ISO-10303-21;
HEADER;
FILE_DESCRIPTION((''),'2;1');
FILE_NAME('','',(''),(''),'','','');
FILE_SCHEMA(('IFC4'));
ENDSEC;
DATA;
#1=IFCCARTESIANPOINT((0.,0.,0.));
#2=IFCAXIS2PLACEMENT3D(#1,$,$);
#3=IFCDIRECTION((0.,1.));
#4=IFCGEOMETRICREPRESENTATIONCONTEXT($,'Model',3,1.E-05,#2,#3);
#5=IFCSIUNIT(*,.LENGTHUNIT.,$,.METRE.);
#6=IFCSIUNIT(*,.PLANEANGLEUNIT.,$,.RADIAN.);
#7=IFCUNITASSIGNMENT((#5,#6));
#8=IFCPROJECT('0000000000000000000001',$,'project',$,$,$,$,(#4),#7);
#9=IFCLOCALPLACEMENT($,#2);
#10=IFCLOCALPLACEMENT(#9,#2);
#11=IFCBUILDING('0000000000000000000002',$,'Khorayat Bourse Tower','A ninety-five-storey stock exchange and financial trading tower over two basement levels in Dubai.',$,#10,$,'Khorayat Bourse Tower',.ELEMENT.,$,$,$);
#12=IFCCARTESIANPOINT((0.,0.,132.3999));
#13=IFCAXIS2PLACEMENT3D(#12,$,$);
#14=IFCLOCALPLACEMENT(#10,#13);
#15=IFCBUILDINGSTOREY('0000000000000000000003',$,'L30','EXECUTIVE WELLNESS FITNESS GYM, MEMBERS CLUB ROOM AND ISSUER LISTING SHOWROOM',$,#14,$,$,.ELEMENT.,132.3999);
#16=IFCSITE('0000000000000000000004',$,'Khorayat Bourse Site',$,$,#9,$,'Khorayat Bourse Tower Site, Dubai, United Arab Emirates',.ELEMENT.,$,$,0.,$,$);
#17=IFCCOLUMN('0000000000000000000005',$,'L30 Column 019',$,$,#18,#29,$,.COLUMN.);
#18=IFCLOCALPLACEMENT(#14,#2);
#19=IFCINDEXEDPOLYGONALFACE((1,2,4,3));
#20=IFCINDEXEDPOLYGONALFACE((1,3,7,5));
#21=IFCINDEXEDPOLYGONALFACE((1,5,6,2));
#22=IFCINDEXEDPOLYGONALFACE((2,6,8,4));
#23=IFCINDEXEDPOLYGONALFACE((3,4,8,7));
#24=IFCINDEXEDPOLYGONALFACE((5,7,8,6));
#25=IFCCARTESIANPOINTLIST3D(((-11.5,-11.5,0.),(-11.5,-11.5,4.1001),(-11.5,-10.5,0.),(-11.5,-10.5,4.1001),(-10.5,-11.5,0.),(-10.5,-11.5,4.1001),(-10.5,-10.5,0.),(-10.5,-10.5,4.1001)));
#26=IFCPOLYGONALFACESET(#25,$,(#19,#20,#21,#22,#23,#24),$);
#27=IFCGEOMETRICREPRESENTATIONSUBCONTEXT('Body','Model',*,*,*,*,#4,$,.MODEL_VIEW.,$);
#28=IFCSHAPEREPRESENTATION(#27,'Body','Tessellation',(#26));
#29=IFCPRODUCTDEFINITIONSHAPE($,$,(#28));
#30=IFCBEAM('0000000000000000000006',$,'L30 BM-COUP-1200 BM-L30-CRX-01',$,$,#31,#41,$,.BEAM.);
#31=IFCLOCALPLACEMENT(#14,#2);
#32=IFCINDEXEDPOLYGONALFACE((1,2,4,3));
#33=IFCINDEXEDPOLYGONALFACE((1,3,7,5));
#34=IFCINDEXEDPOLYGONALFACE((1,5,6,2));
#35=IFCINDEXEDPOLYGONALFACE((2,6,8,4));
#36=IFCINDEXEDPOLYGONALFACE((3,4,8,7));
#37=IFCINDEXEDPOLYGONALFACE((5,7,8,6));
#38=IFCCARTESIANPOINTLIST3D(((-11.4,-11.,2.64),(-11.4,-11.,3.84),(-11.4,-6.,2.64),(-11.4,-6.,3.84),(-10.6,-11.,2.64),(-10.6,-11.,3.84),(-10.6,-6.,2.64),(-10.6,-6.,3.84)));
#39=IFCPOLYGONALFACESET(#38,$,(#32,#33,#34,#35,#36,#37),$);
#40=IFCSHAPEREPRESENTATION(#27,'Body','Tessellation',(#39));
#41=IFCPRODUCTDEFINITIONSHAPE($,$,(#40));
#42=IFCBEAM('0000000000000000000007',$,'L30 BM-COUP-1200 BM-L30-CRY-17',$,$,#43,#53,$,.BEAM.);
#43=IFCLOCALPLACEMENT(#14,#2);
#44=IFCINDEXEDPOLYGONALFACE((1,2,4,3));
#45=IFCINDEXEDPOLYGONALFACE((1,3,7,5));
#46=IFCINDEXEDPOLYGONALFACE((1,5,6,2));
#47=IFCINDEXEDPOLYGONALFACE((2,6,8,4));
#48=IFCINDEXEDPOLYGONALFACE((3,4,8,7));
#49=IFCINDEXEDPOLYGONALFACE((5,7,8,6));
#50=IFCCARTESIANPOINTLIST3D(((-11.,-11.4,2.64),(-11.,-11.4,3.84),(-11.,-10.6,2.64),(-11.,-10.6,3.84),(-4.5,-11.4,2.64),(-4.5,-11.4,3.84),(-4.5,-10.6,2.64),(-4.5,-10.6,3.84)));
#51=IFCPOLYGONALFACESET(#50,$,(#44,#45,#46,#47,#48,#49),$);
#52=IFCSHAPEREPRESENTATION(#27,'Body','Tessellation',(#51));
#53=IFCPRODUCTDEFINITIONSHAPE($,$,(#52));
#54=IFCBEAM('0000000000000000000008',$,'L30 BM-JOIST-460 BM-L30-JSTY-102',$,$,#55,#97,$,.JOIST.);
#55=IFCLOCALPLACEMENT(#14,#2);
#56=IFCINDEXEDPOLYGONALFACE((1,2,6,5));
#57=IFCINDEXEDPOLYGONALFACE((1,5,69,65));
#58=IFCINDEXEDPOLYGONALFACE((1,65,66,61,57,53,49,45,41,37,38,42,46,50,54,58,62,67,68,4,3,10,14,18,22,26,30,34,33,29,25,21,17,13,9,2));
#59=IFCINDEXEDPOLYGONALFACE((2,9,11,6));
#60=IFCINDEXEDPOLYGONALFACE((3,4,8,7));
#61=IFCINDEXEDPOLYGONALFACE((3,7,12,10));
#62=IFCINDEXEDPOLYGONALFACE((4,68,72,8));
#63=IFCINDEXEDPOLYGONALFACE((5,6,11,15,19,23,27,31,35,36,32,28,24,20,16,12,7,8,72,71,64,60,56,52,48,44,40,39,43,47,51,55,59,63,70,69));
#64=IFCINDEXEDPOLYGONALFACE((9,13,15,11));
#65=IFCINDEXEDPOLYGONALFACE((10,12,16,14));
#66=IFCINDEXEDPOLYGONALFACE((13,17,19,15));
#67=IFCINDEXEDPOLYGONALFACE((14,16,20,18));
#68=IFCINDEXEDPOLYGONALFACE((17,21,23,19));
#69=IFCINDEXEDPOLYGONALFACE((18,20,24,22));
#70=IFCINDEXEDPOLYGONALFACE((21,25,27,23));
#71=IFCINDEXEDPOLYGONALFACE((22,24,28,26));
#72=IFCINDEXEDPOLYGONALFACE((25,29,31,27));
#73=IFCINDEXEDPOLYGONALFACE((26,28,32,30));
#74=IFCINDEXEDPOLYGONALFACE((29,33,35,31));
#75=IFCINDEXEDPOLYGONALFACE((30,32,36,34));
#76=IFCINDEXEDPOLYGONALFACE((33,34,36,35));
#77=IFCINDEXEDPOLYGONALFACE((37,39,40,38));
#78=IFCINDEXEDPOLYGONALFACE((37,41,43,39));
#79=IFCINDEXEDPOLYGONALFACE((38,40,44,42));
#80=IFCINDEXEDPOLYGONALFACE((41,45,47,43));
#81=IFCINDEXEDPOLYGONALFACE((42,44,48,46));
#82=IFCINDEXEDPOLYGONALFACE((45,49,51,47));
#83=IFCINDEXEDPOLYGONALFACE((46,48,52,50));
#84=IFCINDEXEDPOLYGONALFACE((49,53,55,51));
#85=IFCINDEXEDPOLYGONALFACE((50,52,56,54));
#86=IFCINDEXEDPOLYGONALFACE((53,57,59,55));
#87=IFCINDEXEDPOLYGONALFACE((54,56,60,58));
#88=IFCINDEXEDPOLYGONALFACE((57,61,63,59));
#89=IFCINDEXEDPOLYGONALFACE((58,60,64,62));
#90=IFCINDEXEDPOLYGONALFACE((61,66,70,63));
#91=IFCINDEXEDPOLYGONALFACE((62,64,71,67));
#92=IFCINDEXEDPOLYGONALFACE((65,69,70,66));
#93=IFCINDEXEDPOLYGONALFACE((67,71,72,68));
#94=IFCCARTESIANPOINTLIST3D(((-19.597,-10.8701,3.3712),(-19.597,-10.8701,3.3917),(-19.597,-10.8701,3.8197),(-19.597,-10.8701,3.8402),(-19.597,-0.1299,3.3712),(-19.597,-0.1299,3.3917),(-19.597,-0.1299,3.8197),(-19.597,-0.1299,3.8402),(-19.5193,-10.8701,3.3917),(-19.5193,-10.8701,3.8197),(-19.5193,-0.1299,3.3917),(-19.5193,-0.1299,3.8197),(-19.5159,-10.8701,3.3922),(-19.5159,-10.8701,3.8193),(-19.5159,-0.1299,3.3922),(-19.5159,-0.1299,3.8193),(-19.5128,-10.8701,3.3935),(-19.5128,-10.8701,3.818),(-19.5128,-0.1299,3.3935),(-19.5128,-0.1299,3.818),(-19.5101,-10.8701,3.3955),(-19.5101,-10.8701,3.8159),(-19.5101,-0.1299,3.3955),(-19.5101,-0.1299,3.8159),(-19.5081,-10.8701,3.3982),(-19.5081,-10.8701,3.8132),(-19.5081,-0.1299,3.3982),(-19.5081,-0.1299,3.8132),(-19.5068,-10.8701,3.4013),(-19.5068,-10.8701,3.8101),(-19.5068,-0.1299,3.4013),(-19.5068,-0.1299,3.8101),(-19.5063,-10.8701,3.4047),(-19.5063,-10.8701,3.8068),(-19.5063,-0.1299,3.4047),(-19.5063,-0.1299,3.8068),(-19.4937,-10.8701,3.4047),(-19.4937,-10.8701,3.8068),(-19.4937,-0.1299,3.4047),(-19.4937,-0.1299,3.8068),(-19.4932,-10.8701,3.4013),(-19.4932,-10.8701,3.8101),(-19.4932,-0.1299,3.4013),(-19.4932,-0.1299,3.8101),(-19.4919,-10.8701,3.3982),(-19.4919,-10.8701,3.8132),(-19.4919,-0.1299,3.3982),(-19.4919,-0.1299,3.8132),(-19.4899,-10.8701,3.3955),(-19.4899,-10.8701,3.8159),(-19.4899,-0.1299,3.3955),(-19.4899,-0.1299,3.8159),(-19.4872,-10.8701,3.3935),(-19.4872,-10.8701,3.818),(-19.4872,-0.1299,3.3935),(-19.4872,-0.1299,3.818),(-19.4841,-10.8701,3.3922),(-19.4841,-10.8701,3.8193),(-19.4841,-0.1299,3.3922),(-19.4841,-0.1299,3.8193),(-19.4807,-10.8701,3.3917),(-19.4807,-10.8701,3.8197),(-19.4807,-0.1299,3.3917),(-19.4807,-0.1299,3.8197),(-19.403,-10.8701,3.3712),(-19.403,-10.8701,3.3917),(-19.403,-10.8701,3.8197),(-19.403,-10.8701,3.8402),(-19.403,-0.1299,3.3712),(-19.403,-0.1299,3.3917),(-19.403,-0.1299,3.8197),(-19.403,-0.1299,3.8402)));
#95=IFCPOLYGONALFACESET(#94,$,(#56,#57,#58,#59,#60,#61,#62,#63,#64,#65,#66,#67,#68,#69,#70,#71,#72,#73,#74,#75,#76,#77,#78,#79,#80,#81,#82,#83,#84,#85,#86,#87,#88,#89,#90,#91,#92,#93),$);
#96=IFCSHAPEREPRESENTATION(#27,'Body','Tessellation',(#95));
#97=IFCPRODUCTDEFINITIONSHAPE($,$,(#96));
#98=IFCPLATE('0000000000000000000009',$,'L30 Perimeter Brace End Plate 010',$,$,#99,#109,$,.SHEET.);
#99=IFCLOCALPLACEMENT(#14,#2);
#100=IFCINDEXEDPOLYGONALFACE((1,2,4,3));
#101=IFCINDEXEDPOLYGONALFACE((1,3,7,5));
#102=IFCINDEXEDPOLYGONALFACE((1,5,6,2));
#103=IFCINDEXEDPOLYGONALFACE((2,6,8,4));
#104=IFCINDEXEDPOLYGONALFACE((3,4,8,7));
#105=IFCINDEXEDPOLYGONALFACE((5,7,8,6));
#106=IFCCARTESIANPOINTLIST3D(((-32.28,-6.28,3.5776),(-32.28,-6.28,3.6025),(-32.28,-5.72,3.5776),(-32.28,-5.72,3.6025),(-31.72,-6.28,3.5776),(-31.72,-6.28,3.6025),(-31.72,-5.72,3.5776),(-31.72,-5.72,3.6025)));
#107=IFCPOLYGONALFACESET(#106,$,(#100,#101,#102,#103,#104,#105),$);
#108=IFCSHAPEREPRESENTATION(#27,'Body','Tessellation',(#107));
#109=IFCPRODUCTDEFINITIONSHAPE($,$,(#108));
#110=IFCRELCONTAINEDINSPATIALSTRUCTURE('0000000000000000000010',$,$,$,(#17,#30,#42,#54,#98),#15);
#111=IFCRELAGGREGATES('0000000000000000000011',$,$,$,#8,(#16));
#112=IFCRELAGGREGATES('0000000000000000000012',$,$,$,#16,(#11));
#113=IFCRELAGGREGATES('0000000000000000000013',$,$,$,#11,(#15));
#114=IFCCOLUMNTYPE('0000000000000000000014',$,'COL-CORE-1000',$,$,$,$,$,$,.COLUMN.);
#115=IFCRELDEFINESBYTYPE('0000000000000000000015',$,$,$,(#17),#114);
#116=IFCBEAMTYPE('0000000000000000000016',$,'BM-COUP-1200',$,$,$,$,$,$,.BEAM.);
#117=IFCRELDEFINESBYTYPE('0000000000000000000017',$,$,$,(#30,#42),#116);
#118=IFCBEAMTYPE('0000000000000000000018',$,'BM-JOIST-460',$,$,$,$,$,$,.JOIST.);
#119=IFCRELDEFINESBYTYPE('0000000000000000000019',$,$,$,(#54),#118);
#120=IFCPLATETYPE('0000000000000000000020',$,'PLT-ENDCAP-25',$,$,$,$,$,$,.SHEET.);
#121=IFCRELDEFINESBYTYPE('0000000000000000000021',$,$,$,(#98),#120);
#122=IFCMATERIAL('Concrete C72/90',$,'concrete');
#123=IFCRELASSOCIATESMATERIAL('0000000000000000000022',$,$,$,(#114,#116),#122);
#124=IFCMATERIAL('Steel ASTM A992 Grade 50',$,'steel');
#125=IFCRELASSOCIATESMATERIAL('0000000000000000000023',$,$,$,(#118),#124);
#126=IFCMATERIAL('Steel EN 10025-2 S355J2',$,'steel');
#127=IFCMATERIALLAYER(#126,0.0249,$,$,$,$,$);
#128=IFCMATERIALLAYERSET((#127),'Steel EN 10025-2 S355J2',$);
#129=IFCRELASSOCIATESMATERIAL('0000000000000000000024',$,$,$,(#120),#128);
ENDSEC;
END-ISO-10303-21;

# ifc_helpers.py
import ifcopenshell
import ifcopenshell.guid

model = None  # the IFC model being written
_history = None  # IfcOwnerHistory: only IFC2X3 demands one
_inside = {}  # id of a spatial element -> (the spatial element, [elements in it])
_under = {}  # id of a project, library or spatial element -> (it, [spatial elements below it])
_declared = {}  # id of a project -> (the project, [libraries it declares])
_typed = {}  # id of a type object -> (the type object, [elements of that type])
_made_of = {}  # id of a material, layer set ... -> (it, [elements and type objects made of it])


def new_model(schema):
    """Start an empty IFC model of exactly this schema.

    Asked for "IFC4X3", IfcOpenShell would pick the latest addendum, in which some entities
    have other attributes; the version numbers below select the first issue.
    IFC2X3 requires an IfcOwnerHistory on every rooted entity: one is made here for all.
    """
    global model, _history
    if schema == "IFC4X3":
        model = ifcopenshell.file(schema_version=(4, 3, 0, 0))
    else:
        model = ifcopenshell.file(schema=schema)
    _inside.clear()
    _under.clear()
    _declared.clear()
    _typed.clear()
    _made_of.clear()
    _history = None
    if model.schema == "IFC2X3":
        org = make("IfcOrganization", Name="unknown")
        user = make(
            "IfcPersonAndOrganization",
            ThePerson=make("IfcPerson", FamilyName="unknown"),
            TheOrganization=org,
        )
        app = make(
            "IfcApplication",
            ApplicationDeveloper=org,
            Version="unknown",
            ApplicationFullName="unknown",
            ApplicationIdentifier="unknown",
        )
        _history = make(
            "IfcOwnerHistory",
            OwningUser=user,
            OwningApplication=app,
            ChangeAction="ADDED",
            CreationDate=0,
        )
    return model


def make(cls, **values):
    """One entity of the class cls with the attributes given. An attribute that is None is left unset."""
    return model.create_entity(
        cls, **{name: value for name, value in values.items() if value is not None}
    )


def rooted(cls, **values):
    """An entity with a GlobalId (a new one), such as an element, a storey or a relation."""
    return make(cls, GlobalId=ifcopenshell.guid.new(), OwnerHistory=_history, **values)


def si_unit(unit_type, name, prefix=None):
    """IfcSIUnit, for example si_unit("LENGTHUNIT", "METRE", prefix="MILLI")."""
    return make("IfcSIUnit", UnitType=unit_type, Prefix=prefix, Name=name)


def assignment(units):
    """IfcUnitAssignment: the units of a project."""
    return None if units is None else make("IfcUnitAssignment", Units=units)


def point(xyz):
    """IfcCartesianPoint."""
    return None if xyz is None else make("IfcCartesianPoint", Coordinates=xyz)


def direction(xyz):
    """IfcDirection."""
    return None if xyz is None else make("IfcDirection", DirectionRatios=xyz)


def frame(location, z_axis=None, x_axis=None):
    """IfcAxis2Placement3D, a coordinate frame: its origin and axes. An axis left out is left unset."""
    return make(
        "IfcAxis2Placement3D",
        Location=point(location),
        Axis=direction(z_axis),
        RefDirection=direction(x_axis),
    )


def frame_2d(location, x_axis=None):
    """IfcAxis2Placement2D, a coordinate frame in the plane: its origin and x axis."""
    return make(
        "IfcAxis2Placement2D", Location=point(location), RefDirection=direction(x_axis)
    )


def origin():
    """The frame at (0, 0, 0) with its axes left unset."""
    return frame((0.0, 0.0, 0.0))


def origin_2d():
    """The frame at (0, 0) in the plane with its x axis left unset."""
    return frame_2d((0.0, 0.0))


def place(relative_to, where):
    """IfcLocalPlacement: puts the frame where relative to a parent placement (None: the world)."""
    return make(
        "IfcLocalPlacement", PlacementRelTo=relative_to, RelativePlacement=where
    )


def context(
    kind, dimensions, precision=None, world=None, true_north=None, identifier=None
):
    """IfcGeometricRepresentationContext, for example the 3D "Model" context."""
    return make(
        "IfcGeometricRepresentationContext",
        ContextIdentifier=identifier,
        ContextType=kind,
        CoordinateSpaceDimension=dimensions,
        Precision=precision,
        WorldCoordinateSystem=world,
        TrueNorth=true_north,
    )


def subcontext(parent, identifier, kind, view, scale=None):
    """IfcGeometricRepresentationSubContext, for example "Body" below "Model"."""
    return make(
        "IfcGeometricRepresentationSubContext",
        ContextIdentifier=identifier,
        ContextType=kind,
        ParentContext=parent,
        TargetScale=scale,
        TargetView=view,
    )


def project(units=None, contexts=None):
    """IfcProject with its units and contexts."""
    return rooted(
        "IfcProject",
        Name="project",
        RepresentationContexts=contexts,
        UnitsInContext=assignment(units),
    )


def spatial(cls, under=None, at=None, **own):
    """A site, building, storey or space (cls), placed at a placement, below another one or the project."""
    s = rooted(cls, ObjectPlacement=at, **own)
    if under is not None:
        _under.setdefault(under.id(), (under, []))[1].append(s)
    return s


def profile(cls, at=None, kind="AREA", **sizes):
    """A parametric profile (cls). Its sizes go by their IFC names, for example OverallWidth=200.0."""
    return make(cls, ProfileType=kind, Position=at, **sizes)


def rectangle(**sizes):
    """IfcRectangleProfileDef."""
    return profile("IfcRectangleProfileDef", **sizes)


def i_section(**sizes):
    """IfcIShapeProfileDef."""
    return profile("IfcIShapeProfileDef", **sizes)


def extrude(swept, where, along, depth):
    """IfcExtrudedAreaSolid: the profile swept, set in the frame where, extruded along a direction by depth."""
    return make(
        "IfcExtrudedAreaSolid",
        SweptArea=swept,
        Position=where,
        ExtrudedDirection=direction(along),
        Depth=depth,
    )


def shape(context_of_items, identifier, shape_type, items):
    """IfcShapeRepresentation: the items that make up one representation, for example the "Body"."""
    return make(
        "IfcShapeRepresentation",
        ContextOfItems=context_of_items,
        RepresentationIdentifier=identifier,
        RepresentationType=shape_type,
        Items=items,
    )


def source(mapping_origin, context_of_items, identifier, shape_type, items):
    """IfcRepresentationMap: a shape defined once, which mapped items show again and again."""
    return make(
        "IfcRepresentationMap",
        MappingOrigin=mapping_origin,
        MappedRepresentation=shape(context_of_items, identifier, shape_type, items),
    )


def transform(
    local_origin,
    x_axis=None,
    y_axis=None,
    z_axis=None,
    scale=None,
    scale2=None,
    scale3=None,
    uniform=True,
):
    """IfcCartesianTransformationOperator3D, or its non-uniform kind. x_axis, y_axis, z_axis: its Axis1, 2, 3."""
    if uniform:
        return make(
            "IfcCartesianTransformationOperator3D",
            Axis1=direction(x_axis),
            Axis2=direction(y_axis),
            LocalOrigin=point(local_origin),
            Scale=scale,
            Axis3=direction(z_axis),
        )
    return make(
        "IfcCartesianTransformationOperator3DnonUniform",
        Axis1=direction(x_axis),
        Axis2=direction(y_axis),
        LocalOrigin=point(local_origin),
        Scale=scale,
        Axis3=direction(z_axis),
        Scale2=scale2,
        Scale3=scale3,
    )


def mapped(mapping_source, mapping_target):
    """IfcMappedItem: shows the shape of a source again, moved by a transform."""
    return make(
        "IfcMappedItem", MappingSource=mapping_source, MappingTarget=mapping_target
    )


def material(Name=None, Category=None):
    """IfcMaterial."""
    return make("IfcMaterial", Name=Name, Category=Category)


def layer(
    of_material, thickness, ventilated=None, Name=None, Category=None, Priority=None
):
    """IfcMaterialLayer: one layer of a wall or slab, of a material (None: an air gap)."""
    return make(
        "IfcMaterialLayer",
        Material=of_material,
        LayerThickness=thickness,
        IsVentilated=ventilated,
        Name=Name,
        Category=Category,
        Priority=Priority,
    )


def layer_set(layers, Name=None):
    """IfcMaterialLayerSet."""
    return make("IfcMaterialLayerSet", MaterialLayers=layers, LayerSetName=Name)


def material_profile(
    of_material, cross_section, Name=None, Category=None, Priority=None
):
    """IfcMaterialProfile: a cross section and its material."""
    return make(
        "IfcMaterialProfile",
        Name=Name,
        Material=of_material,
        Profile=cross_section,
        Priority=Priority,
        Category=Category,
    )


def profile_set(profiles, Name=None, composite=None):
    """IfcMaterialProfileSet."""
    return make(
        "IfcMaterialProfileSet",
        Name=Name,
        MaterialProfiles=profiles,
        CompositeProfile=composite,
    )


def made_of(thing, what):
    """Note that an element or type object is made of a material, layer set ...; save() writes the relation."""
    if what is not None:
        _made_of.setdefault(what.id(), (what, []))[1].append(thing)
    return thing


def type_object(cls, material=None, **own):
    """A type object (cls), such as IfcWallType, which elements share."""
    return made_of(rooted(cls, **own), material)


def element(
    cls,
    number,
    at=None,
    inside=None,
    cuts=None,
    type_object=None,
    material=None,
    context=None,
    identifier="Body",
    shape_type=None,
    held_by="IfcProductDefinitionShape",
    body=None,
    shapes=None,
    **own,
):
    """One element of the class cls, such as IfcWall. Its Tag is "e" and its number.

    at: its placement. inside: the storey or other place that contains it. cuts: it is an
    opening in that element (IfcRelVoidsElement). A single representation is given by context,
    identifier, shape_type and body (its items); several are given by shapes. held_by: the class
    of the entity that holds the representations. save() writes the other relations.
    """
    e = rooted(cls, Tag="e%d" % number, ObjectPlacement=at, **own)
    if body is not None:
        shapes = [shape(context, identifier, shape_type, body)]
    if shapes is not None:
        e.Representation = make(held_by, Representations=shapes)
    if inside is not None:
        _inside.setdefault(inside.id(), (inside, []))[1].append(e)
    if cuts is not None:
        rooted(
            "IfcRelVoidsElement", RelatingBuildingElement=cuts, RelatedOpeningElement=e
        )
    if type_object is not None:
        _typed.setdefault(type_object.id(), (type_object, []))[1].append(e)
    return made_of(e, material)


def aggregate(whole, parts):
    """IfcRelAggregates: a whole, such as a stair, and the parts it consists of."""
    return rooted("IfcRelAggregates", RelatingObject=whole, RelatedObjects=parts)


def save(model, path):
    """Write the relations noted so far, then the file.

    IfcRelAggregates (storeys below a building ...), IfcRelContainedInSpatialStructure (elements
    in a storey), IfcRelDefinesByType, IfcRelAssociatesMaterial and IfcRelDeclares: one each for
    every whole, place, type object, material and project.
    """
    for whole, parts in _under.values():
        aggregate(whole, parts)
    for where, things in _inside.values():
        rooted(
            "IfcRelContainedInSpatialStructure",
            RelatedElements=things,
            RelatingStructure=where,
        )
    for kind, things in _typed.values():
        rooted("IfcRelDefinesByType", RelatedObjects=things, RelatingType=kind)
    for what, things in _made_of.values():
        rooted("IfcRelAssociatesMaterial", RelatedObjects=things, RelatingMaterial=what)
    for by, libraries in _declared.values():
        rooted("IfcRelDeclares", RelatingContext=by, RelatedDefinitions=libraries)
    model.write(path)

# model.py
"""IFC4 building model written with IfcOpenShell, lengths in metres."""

from ifc_helpers import new_model, si_unit, direction, frame, origin, origin_2d, place, context, subcontext, project, spatial, rectangle, i_section, extrude, source, transform, mapped, material, layer, layer_set, material_profile, profile_set, type_object, element, save


model = new_model("IFC4")

# Units and contexts
model_context = context("Model", 3, precision=1e-05, world=origin(), true_north=direction((0.0, 1.0)))
body_context = subcontext(model_context, "Body", "Model", "MODEL_VIEW")
ifc_project = project(units=[si_unit("LENGTHUNIT", "METRE"), si_unit("PLANEANGLEUNIT", "RADIAN")], contexts=[model_context])

# Site, building, storey
site_placement = place(None, origin())
site = spatial("IfcSite", under=ifc_project, at=site_placement, Name="Khorayat Bourse Site", LongName="Khorayat Bourse Tower Site, Dubai, United Arab Emirates", CompositionType="ELEMENT", RefElevation=0.0)
building_placement = place(site_placement, origin())
building = spatial("IfcBuilding", under=site, at=building_placement, Name="Khorayat Bourse Tower", Description="A ninety-five-storey stock exchange and financial trading tower over two basement levels in Dubai.", LongName="Khorayat Bourse Tower", CompositionType="ELEMENT")
storey_placement = place(building_placement, frame((0.0, 0.0, 132.3999)))
storey = spatial("IfcBuildingStorey", under=building, at=storey_placement, Name="L30", Description="EXECUTIVE WELLNESS FITNESS GYM, MEMBERS CLUB ROOM AND ISSUER LISTING SHOWROOM", CompositionType="ELEMENT", Elevation=132.3999)

# Column
ifc_material_1 = material(Name="Concrete C72/90", Category="concrete")
ifc_material_profile_1 = material_profile(ifc_material_1, rectangle(XDim=1.0, YDim=1.0, at=origin_2d()), Name="RC 1000x1000")
ifc_profile_set_1 = profile_set([ifc_material_profile_1], Name="Concrete C72/90")
column_type = type_object("IfcColumnType", Name="COL-CORE-1000", PredefinedType="COLUMN", material=ifc_profile_set_1)
shared_shape_1 = source(origin(), body_context, "Body", "SweptSolid", [
    extrude(rectangle(XDim=1.0, YDim=1.0, at=origin_2d()), origin(), (0.0, 0.0, 1.0), 4.1001),
])
column_placement = place(storey_placement, frame((-11.0, -11.0, 0.0), z_axis=(0.0, 0.0, 1.0), x_axis=(1.0, 0.0, 0.0)))
element("IfcColumn", 1, at=column_placement, inside=storey, type_object=column_type, Name="L30 Column 019", PredefinedType="COLUMN", context=body_context, shape_type="MappedRepresentation", body=[
    mapped(shared_shape_1, transform((0.0, 0.0, 0.0), scale=1.0)),
])

# Beams
ifc_material_profile_2 = material_profile(ifc_material_1, rectangle(XDim=0.8, YDim=1.2, at=origin_2d()), Name="RC 800x1200")
ifc_profile_set_2 = profile_set([ifc_material_profile_2], Name="Concrete C72/90")
beam_type_1 = type_object("IfcBeamType", Name="BM-COUP-1200", PredefinedType="BEAM", material=ifc_profile_set_2)
shared_shape_2 = source(origin(), body_context, "Body", "SweptSolid", [
    extrude(rectangle(XDim=0.8, YDim=1.2, at=origin_2d()), origin(), (0.0, 0.0, 1.0), 5.0),
])
beam_1_placement = place(storey_placement, frame((-11.0, -11.0, 3.24), z_axis=(0.0, 1.0, 0.0), x_axis=(-1.0, 0.0, 0.0)))
element("IfcBeam", 2, at=beam_1_placement, inside=storey, type_object=beam_type_1, Name="L30 BM-COUP-1200 BM-L30-CRX-01", PredefinedType="BEAM", context=body_context, shape_type="MappedRepresentation", body=[
    mapped(shared_shape_2, transform((0.0, 0.0, 0.0), scale=1.0)),
])
shared_shape_3 = source(origin(), body_context, "Body", "SweptSolid", [
    extrude(rectangle(XDim=0.8, YDim=1.2, at=origin_2d()), origin(), (0.0, 0.0, 1.0), 6.5),
])
beam_2_placement = place(storey_placement, frame((-11.0, -11.0, 3.24), z_axis=(1.0, 0.0, 0.0), x_axis=(0.0, 1.0, 0.0)))
element("IfcBeam", 3, at=beam_2_placement, inside=storey, type_object=beam_type_1, Name="L30 BM-COUP-1200 BM-L30-CRY-17", PredefinedType="BEAM", context=body_context, shape_type="MappedRepresentation", body=[
    mapped(shared_shape_3, transform((0.0, 0.0, 0.0), scale=1.0)),
])
ifc_material_2 = material(Name="Steel ASTM A992 Grade 50", Category="steel")
ifc_material_profile_3 = material_profile(ifc_material_2, i_section(OverallWidth=0.1941, OverallDepth=0.469, WebThickness=0.0127, FlangeThickness=0.0205, FilletRadius=0.0129, at=origin_2d()), Name="W460X106")
ifc_profile_set_3 = profile_set([ifc_material_profile_3], Name="Steel ASTM A992 Grade 50")
beam_type_2 = type_object("IfcBeamType", Name="BM-JOIST-460", PredefinedType="JOIST", material=ifc_profile_set_3)
shared_shape_4 = source(origin(), body_context, "Body", "SweptSolid", [
    extrude(i_section(OverallWidth=0.1941, OverallDepth=0.469, WebThickness=0.0127, FlangeThickness=0.0205, FilletRadius=0.0129, at=origin_2d()), origin(), (0.0, 0.0, 1.0), 10.7402),
])
beam_3_placement = place(storey_placement, frame((-19.5, -10.8701, 3.6057), z_axis=(0.0, 1.0, 0.0), x_axis=(-1.0, 0.0, 0.0)))
element("IfcBeam", 4, at=beam_3_placement, inside=storey, type_object=beam_type_2, Name="L30 BM-JOIST-460 BM-L30-JSTY-102", PredefinedType="JOIST", context=body_context, shape_type="MappedRepresentation", body=[
    mapped(shared_shape_4, transform((0.0, 0.0, 0.0), scale=1.0)),
])

# Plate
ifc_material_3 = material(Name="Steel EN 10025-2 S355J2", Category="steel")
ifc_layer_1 = layer(ifc_material_3, 0.0249)
ifc_layer_set_1 = layer_set([ifc_layer_1], Name="Steel EN 10025-2 S355J2")
plate_type = type_object("IfcPlateType", Name="PLT-ENDCAP-25", PredefinedType="SHEET", material=ifc_layer_set_1)
shared_shape_5 = source(origin(), body_context, "Body", "SweptSolid", [
    extrude(rectangle(XDim=0.5601, YDim=0.5601, at=origin_2d()), origin(), (0.0, 0.0, 1.0), 0.0249),
])
plate_placement = place(storey_placement, frame((-32.0, -6.0, 3.5776), z_axis=(0.0, 0.0, 1.0), x_axis=(1.0, 0.0, 0.0)))
element("IfcPlate", 5, at=plate_placement, inside=storey, type_object=plate_type, Name="L30 Perimeter Brace End Plate 010", PredefinedType="SHEET", context=body_context, shape_type="MappedRepresentation", body=[
    mapped(shared_shape_5, transform((0.0, 0.0, 0.0), scale=1.0)),
])

save(model, "model.ifc")
